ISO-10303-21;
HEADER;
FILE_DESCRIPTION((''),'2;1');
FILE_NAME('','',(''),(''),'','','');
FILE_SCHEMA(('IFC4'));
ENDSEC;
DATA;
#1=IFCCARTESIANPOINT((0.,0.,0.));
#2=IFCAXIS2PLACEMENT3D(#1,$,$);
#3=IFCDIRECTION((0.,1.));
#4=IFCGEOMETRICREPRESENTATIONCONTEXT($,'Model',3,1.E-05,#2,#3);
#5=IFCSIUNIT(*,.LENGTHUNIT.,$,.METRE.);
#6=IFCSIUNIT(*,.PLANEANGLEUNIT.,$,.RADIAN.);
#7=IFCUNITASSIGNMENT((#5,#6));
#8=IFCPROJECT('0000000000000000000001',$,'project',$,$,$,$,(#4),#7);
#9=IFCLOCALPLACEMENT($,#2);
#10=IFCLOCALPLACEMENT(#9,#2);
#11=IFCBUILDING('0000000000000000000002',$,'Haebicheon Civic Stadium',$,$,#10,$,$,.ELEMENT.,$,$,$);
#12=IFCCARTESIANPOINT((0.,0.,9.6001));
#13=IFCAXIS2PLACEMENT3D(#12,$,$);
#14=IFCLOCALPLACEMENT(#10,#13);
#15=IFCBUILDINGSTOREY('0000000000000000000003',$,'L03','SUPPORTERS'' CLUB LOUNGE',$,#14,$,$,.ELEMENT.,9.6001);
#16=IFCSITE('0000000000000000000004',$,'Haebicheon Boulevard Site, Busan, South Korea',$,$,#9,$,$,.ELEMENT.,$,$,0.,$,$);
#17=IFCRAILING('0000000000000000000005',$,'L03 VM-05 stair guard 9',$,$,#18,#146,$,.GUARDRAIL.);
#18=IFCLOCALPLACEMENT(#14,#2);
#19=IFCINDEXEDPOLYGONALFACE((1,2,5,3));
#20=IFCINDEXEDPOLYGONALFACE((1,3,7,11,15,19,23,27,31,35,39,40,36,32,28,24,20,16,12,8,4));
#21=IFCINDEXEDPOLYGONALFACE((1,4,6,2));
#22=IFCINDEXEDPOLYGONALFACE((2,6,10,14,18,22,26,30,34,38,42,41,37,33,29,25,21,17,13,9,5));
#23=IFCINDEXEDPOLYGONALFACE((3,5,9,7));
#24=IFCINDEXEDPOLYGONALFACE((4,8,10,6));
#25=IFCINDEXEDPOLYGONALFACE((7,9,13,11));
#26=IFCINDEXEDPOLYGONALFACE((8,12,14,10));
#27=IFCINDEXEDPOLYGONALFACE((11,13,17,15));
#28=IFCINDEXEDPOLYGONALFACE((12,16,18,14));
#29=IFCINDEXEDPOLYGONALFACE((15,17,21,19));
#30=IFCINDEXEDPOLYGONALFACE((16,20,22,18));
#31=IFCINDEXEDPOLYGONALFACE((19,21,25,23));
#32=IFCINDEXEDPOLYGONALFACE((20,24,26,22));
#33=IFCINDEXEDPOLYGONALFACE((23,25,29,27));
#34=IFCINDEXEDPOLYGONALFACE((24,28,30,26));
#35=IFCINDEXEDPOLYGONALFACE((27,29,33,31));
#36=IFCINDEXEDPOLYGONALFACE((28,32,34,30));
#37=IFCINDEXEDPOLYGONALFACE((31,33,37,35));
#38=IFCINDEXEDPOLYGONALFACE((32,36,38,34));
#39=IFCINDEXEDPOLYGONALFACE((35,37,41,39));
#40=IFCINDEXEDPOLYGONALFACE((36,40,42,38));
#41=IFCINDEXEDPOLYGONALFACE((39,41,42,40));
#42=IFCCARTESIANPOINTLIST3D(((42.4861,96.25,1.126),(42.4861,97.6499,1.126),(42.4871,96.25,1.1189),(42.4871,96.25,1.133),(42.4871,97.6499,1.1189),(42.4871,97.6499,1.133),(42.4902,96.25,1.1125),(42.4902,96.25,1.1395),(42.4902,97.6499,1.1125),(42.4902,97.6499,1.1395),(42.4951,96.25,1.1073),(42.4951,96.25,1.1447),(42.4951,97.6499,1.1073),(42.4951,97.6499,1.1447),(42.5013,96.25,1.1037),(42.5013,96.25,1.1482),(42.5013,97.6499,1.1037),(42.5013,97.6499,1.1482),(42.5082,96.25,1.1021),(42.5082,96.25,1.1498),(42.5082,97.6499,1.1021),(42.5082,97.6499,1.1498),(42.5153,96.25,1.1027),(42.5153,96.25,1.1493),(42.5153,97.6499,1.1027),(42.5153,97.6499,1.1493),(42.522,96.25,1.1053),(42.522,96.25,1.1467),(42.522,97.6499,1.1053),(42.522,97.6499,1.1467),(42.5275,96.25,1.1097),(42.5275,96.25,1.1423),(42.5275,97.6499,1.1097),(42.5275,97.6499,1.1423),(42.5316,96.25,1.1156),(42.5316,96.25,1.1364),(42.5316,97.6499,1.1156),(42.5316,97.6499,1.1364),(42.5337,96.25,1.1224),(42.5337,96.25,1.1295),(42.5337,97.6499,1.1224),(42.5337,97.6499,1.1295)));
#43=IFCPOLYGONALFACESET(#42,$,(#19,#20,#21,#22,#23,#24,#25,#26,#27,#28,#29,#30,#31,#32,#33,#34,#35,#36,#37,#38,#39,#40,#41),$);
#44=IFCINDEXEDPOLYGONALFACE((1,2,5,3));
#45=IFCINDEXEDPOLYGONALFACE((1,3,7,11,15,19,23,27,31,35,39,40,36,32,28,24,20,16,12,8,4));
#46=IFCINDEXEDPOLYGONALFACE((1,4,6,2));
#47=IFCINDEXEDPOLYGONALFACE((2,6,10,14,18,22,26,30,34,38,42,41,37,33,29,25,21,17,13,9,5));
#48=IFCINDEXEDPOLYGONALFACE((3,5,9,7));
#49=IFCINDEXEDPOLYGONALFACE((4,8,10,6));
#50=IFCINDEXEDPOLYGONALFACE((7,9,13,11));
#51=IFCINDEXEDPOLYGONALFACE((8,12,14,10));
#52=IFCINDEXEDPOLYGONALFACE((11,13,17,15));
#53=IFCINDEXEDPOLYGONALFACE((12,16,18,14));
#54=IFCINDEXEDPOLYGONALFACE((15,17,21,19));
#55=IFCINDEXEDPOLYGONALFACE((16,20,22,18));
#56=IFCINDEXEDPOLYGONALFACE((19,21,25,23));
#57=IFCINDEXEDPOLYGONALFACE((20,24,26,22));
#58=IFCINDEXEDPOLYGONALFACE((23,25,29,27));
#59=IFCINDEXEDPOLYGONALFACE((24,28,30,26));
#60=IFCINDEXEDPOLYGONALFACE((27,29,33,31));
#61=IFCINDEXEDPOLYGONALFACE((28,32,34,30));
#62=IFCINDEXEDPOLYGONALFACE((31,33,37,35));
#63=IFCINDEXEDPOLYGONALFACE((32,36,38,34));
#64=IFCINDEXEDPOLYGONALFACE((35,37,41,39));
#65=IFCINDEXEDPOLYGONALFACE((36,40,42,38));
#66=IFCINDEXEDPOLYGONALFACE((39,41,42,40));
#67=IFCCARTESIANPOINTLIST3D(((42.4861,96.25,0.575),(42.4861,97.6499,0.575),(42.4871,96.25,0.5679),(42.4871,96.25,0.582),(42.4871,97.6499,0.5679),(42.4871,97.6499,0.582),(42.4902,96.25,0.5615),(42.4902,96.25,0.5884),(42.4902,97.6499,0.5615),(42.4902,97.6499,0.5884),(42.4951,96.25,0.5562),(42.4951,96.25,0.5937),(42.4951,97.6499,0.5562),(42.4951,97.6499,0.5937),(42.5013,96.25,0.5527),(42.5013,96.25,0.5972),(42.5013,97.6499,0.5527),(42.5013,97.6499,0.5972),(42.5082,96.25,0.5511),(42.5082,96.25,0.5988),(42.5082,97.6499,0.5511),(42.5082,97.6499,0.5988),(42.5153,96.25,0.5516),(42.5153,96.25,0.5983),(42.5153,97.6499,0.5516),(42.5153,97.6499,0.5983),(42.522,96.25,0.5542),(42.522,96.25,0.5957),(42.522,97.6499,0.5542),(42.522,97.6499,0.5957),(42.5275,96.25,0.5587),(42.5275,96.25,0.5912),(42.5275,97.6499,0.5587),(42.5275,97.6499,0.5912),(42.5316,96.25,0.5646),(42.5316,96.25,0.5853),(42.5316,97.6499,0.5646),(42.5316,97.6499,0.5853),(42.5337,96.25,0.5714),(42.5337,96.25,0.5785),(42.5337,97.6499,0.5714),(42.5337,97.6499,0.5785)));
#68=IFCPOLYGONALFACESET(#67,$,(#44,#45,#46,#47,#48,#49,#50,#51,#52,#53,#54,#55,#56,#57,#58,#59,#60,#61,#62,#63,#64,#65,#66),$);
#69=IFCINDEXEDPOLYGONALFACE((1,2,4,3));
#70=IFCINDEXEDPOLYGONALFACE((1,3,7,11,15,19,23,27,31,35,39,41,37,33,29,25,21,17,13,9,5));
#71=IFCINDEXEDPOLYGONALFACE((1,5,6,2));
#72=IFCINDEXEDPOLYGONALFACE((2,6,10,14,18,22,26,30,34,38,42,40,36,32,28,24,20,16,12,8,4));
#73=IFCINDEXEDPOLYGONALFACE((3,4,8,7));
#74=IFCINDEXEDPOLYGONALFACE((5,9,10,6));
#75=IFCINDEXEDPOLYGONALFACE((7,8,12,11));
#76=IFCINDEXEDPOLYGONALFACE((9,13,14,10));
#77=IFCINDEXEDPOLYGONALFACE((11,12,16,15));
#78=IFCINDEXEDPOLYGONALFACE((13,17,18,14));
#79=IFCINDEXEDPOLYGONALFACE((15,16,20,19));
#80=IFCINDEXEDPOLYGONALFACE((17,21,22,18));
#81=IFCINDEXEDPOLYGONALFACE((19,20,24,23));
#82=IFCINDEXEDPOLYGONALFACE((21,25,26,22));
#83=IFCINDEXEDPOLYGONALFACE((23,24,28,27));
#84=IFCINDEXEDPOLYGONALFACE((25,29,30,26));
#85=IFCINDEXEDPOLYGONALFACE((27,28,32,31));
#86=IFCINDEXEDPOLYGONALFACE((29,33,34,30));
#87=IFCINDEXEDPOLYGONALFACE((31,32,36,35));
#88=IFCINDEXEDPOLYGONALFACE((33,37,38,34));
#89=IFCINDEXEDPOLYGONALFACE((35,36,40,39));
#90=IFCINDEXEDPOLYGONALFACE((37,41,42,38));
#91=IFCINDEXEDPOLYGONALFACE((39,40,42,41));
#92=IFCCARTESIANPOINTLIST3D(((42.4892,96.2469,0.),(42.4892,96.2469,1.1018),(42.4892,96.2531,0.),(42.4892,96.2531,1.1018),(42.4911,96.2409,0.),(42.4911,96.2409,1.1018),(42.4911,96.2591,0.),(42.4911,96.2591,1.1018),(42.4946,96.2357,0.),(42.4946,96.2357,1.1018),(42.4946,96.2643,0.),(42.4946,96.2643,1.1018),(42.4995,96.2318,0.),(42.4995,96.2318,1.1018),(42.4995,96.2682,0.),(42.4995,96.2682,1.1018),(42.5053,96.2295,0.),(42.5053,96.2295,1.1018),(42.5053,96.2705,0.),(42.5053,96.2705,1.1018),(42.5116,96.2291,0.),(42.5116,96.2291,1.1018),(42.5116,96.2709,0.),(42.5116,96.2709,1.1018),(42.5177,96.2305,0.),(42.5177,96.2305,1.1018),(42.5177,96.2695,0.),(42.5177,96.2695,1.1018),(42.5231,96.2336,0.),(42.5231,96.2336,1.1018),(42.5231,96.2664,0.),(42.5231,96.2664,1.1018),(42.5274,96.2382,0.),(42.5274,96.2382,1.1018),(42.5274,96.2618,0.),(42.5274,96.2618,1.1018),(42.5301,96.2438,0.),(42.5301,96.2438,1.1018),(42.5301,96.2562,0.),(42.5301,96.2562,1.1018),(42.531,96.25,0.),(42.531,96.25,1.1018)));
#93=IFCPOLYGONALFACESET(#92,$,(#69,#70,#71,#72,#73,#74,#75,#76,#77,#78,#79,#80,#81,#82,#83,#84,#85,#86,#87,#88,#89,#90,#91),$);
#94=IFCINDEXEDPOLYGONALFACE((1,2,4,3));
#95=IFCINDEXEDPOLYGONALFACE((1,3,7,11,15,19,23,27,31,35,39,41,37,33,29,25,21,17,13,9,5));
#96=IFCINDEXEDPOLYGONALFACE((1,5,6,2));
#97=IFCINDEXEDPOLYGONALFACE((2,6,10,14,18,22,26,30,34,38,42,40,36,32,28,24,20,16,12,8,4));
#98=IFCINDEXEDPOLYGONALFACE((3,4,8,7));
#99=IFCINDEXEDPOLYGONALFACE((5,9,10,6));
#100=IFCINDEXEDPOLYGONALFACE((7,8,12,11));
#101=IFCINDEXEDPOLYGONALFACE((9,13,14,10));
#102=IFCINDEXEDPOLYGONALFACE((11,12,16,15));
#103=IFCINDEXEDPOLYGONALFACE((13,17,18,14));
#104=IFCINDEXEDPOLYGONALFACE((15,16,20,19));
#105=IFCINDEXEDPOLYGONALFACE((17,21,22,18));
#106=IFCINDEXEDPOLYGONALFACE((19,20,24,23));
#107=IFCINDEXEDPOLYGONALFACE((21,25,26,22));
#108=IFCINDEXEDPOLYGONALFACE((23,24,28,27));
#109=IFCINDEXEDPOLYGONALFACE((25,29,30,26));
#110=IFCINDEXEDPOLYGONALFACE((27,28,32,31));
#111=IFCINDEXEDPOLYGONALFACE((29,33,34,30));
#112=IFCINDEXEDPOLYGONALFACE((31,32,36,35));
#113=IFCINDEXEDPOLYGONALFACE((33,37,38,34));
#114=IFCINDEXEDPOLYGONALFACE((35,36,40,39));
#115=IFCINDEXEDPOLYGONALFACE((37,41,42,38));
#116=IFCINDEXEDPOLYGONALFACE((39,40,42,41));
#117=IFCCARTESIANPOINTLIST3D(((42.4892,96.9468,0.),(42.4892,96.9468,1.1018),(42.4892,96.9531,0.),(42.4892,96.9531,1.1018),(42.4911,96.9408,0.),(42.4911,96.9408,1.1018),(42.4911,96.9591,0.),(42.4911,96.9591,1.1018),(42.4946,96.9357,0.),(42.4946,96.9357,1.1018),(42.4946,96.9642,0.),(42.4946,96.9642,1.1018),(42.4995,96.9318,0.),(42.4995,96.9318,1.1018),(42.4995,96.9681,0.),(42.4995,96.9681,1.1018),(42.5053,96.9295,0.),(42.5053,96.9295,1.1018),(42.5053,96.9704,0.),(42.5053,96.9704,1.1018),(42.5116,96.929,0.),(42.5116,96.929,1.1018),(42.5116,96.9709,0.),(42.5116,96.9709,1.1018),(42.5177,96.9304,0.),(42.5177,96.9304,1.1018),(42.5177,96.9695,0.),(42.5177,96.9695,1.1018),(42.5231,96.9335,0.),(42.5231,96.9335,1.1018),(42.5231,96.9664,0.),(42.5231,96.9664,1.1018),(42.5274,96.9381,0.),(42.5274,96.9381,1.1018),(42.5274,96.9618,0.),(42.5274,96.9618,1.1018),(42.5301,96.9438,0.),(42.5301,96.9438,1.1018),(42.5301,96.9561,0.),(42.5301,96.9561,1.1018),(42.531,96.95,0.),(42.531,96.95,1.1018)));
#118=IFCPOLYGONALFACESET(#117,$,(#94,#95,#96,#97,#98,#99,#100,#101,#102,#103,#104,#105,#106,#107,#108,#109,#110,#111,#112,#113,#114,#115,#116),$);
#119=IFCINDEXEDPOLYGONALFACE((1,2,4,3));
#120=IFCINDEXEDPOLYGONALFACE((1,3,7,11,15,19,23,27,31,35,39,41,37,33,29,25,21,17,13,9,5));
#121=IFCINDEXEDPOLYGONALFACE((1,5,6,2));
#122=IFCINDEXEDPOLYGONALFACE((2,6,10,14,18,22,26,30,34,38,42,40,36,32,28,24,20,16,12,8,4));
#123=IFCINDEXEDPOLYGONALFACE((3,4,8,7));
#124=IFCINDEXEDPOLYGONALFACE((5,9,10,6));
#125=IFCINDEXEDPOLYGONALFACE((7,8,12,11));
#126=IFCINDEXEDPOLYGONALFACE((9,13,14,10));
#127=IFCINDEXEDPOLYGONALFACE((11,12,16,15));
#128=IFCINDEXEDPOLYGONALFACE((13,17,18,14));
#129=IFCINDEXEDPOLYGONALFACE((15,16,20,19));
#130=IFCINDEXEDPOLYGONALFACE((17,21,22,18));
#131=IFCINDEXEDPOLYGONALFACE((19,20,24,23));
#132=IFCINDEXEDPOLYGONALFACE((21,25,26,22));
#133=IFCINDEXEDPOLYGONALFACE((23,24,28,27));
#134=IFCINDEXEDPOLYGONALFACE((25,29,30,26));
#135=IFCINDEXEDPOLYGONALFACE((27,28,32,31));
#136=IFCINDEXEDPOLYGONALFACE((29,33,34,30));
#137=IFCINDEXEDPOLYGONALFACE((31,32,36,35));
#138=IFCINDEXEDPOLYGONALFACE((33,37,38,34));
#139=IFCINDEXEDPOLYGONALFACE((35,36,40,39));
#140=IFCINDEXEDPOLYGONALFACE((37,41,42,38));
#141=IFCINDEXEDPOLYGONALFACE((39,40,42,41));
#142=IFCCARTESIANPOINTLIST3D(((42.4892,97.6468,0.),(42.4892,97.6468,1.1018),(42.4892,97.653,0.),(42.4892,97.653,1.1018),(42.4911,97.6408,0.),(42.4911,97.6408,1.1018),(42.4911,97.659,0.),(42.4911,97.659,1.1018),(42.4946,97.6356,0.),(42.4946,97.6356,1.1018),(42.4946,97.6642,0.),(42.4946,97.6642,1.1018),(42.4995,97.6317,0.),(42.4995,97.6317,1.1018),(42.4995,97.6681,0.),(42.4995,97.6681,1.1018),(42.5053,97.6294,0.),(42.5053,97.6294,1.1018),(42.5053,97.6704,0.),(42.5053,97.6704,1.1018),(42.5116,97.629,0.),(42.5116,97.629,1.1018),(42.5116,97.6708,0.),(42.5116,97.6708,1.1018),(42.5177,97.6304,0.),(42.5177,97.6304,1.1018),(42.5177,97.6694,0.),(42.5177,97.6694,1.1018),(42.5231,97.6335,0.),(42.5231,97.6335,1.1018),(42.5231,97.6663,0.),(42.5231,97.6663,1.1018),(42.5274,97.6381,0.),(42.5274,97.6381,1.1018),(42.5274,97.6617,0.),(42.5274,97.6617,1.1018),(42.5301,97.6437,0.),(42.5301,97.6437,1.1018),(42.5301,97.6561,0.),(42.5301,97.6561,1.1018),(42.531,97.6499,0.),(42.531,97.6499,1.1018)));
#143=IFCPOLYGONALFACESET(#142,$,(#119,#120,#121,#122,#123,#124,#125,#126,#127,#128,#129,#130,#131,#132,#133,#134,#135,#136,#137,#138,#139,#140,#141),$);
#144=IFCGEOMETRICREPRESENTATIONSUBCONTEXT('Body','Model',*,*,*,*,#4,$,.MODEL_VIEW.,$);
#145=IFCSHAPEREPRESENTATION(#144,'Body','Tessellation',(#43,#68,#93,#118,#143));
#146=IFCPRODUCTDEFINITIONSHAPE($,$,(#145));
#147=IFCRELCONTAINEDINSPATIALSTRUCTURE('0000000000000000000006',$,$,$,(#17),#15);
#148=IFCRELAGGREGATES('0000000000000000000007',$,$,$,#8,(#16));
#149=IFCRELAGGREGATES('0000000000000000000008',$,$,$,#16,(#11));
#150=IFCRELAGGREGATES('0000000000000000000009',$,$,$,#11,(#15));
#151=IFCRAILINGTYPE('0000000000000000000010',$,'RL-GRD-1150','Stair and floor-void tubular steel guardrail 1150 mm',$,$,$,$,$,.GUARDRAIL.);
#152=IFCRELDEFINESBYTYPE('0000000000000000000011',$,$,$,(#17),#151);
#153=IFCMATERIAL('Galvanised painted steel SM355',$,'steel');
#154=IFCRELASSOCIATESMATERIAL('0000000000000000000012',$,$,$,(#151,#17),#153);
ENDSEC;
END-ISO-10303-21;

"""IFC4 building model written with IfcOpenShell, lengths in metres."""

from ifc_helpers import new_model, si_unit, direction, frame, origin, origin_2d, place, context, subcontext, project, spatial, circle, extrude, material, type_object, element, save


model = new_model("IFC4")

# Units and contexts
model_context = context("Model", 3, precision=1e-05, world=origin(), true_north=direction((0.0, 1.0)))
body_context = subcontext(model_context, "Body", "Model", "MODEL_VIEW")
ifc_project = project(units=[si_unit("LENGTHUNIT", "METRE"), si_unit("PLANEANGLEUNIT", "RADIAN")], contexts=[model_context])

# Site, building, storey
site_placement = place(None, origin())
site = spatial("IfcSite", under=ifc_project, at=site_placement, Name="Haebicheon Boulevard Site, Busan, South Korea", CompositionType="ELEMENT", RefElevation=0.0)
building_placement = place(site_placement, origin())
building = spatial("IfcBuilding", under=site, at=building_placement, Name="Haebicheon Civic Stadium", CompositionType="ELEMENT")
storey_placement = place(building_placement, frame((0.0, 0.0, 9.6001)))
storey = spatial("IfcBuildingStorey", under=building, at=storey_placement, Name="L03", Description="SUPPORTERS' CLUB LOUNGE", CompositionType="ELEMENT", Elevation=9.6001)

# Railing
ifc_material_1 = material(Name="Galvanised painted steel SM355", Category="steel")
railing_type_1 = type_object("IfcRailingType", Name="RL-GRD-1150", Description="Stair and floor-void tubular steel guardrail 1150 mm", PredefinedType="GUARDRAIL", material=ifc_material_1)
for number, where, name in (
    (1, (42.51, 96.25, 0.0), "L03 VM-05 stair guard 9"),
):
    element("IfcRailing", number, at=place(storey_placement, frame(where)), inside=storey, type_object=railing_type_1, material=ifc_material_1, Name=name, PredefinedType="GUARDRAIL", context=body_context, shape_type="SweptSolid", body=[
        extrude(circle(Radius=0.0239, at=origin_2d()), frame((0.0, 0.0, 1.126), z_axis=(0.0, 1.0, 0.0), x_axis=(-1.0, 0.0, 0.0)), (0.0, 0.0, 1.0), 1.3999),
        extrude(circle(Radius=0.0239, at=origin_2d()), frame((0.0, 0.0, 0.575), z_axis=(0.0, 1.0, 0.0), x_axis=(-1.0, 0.0, 0.0)), (0.0, 0.0, 1.0), 1.3999),
        extrude(circle(Radius=0.021, at=origin_2d()), origin(), (0.0, 0.0, 1.0), 1.1018),
        extrude(circle(Radius=0.021, at=origin_2d()), frame((0.0, 0.7, 0.0)), (0.0, 0.0, 1.0), 1.1018),
        extrude(circle(Radius=0.021, at=origin_2d()), frame((0.0, 1.3999, 0.0)), (0.0, 0.0, 1.0), 1.1018),
    ])

save(model, "model.ifc")
